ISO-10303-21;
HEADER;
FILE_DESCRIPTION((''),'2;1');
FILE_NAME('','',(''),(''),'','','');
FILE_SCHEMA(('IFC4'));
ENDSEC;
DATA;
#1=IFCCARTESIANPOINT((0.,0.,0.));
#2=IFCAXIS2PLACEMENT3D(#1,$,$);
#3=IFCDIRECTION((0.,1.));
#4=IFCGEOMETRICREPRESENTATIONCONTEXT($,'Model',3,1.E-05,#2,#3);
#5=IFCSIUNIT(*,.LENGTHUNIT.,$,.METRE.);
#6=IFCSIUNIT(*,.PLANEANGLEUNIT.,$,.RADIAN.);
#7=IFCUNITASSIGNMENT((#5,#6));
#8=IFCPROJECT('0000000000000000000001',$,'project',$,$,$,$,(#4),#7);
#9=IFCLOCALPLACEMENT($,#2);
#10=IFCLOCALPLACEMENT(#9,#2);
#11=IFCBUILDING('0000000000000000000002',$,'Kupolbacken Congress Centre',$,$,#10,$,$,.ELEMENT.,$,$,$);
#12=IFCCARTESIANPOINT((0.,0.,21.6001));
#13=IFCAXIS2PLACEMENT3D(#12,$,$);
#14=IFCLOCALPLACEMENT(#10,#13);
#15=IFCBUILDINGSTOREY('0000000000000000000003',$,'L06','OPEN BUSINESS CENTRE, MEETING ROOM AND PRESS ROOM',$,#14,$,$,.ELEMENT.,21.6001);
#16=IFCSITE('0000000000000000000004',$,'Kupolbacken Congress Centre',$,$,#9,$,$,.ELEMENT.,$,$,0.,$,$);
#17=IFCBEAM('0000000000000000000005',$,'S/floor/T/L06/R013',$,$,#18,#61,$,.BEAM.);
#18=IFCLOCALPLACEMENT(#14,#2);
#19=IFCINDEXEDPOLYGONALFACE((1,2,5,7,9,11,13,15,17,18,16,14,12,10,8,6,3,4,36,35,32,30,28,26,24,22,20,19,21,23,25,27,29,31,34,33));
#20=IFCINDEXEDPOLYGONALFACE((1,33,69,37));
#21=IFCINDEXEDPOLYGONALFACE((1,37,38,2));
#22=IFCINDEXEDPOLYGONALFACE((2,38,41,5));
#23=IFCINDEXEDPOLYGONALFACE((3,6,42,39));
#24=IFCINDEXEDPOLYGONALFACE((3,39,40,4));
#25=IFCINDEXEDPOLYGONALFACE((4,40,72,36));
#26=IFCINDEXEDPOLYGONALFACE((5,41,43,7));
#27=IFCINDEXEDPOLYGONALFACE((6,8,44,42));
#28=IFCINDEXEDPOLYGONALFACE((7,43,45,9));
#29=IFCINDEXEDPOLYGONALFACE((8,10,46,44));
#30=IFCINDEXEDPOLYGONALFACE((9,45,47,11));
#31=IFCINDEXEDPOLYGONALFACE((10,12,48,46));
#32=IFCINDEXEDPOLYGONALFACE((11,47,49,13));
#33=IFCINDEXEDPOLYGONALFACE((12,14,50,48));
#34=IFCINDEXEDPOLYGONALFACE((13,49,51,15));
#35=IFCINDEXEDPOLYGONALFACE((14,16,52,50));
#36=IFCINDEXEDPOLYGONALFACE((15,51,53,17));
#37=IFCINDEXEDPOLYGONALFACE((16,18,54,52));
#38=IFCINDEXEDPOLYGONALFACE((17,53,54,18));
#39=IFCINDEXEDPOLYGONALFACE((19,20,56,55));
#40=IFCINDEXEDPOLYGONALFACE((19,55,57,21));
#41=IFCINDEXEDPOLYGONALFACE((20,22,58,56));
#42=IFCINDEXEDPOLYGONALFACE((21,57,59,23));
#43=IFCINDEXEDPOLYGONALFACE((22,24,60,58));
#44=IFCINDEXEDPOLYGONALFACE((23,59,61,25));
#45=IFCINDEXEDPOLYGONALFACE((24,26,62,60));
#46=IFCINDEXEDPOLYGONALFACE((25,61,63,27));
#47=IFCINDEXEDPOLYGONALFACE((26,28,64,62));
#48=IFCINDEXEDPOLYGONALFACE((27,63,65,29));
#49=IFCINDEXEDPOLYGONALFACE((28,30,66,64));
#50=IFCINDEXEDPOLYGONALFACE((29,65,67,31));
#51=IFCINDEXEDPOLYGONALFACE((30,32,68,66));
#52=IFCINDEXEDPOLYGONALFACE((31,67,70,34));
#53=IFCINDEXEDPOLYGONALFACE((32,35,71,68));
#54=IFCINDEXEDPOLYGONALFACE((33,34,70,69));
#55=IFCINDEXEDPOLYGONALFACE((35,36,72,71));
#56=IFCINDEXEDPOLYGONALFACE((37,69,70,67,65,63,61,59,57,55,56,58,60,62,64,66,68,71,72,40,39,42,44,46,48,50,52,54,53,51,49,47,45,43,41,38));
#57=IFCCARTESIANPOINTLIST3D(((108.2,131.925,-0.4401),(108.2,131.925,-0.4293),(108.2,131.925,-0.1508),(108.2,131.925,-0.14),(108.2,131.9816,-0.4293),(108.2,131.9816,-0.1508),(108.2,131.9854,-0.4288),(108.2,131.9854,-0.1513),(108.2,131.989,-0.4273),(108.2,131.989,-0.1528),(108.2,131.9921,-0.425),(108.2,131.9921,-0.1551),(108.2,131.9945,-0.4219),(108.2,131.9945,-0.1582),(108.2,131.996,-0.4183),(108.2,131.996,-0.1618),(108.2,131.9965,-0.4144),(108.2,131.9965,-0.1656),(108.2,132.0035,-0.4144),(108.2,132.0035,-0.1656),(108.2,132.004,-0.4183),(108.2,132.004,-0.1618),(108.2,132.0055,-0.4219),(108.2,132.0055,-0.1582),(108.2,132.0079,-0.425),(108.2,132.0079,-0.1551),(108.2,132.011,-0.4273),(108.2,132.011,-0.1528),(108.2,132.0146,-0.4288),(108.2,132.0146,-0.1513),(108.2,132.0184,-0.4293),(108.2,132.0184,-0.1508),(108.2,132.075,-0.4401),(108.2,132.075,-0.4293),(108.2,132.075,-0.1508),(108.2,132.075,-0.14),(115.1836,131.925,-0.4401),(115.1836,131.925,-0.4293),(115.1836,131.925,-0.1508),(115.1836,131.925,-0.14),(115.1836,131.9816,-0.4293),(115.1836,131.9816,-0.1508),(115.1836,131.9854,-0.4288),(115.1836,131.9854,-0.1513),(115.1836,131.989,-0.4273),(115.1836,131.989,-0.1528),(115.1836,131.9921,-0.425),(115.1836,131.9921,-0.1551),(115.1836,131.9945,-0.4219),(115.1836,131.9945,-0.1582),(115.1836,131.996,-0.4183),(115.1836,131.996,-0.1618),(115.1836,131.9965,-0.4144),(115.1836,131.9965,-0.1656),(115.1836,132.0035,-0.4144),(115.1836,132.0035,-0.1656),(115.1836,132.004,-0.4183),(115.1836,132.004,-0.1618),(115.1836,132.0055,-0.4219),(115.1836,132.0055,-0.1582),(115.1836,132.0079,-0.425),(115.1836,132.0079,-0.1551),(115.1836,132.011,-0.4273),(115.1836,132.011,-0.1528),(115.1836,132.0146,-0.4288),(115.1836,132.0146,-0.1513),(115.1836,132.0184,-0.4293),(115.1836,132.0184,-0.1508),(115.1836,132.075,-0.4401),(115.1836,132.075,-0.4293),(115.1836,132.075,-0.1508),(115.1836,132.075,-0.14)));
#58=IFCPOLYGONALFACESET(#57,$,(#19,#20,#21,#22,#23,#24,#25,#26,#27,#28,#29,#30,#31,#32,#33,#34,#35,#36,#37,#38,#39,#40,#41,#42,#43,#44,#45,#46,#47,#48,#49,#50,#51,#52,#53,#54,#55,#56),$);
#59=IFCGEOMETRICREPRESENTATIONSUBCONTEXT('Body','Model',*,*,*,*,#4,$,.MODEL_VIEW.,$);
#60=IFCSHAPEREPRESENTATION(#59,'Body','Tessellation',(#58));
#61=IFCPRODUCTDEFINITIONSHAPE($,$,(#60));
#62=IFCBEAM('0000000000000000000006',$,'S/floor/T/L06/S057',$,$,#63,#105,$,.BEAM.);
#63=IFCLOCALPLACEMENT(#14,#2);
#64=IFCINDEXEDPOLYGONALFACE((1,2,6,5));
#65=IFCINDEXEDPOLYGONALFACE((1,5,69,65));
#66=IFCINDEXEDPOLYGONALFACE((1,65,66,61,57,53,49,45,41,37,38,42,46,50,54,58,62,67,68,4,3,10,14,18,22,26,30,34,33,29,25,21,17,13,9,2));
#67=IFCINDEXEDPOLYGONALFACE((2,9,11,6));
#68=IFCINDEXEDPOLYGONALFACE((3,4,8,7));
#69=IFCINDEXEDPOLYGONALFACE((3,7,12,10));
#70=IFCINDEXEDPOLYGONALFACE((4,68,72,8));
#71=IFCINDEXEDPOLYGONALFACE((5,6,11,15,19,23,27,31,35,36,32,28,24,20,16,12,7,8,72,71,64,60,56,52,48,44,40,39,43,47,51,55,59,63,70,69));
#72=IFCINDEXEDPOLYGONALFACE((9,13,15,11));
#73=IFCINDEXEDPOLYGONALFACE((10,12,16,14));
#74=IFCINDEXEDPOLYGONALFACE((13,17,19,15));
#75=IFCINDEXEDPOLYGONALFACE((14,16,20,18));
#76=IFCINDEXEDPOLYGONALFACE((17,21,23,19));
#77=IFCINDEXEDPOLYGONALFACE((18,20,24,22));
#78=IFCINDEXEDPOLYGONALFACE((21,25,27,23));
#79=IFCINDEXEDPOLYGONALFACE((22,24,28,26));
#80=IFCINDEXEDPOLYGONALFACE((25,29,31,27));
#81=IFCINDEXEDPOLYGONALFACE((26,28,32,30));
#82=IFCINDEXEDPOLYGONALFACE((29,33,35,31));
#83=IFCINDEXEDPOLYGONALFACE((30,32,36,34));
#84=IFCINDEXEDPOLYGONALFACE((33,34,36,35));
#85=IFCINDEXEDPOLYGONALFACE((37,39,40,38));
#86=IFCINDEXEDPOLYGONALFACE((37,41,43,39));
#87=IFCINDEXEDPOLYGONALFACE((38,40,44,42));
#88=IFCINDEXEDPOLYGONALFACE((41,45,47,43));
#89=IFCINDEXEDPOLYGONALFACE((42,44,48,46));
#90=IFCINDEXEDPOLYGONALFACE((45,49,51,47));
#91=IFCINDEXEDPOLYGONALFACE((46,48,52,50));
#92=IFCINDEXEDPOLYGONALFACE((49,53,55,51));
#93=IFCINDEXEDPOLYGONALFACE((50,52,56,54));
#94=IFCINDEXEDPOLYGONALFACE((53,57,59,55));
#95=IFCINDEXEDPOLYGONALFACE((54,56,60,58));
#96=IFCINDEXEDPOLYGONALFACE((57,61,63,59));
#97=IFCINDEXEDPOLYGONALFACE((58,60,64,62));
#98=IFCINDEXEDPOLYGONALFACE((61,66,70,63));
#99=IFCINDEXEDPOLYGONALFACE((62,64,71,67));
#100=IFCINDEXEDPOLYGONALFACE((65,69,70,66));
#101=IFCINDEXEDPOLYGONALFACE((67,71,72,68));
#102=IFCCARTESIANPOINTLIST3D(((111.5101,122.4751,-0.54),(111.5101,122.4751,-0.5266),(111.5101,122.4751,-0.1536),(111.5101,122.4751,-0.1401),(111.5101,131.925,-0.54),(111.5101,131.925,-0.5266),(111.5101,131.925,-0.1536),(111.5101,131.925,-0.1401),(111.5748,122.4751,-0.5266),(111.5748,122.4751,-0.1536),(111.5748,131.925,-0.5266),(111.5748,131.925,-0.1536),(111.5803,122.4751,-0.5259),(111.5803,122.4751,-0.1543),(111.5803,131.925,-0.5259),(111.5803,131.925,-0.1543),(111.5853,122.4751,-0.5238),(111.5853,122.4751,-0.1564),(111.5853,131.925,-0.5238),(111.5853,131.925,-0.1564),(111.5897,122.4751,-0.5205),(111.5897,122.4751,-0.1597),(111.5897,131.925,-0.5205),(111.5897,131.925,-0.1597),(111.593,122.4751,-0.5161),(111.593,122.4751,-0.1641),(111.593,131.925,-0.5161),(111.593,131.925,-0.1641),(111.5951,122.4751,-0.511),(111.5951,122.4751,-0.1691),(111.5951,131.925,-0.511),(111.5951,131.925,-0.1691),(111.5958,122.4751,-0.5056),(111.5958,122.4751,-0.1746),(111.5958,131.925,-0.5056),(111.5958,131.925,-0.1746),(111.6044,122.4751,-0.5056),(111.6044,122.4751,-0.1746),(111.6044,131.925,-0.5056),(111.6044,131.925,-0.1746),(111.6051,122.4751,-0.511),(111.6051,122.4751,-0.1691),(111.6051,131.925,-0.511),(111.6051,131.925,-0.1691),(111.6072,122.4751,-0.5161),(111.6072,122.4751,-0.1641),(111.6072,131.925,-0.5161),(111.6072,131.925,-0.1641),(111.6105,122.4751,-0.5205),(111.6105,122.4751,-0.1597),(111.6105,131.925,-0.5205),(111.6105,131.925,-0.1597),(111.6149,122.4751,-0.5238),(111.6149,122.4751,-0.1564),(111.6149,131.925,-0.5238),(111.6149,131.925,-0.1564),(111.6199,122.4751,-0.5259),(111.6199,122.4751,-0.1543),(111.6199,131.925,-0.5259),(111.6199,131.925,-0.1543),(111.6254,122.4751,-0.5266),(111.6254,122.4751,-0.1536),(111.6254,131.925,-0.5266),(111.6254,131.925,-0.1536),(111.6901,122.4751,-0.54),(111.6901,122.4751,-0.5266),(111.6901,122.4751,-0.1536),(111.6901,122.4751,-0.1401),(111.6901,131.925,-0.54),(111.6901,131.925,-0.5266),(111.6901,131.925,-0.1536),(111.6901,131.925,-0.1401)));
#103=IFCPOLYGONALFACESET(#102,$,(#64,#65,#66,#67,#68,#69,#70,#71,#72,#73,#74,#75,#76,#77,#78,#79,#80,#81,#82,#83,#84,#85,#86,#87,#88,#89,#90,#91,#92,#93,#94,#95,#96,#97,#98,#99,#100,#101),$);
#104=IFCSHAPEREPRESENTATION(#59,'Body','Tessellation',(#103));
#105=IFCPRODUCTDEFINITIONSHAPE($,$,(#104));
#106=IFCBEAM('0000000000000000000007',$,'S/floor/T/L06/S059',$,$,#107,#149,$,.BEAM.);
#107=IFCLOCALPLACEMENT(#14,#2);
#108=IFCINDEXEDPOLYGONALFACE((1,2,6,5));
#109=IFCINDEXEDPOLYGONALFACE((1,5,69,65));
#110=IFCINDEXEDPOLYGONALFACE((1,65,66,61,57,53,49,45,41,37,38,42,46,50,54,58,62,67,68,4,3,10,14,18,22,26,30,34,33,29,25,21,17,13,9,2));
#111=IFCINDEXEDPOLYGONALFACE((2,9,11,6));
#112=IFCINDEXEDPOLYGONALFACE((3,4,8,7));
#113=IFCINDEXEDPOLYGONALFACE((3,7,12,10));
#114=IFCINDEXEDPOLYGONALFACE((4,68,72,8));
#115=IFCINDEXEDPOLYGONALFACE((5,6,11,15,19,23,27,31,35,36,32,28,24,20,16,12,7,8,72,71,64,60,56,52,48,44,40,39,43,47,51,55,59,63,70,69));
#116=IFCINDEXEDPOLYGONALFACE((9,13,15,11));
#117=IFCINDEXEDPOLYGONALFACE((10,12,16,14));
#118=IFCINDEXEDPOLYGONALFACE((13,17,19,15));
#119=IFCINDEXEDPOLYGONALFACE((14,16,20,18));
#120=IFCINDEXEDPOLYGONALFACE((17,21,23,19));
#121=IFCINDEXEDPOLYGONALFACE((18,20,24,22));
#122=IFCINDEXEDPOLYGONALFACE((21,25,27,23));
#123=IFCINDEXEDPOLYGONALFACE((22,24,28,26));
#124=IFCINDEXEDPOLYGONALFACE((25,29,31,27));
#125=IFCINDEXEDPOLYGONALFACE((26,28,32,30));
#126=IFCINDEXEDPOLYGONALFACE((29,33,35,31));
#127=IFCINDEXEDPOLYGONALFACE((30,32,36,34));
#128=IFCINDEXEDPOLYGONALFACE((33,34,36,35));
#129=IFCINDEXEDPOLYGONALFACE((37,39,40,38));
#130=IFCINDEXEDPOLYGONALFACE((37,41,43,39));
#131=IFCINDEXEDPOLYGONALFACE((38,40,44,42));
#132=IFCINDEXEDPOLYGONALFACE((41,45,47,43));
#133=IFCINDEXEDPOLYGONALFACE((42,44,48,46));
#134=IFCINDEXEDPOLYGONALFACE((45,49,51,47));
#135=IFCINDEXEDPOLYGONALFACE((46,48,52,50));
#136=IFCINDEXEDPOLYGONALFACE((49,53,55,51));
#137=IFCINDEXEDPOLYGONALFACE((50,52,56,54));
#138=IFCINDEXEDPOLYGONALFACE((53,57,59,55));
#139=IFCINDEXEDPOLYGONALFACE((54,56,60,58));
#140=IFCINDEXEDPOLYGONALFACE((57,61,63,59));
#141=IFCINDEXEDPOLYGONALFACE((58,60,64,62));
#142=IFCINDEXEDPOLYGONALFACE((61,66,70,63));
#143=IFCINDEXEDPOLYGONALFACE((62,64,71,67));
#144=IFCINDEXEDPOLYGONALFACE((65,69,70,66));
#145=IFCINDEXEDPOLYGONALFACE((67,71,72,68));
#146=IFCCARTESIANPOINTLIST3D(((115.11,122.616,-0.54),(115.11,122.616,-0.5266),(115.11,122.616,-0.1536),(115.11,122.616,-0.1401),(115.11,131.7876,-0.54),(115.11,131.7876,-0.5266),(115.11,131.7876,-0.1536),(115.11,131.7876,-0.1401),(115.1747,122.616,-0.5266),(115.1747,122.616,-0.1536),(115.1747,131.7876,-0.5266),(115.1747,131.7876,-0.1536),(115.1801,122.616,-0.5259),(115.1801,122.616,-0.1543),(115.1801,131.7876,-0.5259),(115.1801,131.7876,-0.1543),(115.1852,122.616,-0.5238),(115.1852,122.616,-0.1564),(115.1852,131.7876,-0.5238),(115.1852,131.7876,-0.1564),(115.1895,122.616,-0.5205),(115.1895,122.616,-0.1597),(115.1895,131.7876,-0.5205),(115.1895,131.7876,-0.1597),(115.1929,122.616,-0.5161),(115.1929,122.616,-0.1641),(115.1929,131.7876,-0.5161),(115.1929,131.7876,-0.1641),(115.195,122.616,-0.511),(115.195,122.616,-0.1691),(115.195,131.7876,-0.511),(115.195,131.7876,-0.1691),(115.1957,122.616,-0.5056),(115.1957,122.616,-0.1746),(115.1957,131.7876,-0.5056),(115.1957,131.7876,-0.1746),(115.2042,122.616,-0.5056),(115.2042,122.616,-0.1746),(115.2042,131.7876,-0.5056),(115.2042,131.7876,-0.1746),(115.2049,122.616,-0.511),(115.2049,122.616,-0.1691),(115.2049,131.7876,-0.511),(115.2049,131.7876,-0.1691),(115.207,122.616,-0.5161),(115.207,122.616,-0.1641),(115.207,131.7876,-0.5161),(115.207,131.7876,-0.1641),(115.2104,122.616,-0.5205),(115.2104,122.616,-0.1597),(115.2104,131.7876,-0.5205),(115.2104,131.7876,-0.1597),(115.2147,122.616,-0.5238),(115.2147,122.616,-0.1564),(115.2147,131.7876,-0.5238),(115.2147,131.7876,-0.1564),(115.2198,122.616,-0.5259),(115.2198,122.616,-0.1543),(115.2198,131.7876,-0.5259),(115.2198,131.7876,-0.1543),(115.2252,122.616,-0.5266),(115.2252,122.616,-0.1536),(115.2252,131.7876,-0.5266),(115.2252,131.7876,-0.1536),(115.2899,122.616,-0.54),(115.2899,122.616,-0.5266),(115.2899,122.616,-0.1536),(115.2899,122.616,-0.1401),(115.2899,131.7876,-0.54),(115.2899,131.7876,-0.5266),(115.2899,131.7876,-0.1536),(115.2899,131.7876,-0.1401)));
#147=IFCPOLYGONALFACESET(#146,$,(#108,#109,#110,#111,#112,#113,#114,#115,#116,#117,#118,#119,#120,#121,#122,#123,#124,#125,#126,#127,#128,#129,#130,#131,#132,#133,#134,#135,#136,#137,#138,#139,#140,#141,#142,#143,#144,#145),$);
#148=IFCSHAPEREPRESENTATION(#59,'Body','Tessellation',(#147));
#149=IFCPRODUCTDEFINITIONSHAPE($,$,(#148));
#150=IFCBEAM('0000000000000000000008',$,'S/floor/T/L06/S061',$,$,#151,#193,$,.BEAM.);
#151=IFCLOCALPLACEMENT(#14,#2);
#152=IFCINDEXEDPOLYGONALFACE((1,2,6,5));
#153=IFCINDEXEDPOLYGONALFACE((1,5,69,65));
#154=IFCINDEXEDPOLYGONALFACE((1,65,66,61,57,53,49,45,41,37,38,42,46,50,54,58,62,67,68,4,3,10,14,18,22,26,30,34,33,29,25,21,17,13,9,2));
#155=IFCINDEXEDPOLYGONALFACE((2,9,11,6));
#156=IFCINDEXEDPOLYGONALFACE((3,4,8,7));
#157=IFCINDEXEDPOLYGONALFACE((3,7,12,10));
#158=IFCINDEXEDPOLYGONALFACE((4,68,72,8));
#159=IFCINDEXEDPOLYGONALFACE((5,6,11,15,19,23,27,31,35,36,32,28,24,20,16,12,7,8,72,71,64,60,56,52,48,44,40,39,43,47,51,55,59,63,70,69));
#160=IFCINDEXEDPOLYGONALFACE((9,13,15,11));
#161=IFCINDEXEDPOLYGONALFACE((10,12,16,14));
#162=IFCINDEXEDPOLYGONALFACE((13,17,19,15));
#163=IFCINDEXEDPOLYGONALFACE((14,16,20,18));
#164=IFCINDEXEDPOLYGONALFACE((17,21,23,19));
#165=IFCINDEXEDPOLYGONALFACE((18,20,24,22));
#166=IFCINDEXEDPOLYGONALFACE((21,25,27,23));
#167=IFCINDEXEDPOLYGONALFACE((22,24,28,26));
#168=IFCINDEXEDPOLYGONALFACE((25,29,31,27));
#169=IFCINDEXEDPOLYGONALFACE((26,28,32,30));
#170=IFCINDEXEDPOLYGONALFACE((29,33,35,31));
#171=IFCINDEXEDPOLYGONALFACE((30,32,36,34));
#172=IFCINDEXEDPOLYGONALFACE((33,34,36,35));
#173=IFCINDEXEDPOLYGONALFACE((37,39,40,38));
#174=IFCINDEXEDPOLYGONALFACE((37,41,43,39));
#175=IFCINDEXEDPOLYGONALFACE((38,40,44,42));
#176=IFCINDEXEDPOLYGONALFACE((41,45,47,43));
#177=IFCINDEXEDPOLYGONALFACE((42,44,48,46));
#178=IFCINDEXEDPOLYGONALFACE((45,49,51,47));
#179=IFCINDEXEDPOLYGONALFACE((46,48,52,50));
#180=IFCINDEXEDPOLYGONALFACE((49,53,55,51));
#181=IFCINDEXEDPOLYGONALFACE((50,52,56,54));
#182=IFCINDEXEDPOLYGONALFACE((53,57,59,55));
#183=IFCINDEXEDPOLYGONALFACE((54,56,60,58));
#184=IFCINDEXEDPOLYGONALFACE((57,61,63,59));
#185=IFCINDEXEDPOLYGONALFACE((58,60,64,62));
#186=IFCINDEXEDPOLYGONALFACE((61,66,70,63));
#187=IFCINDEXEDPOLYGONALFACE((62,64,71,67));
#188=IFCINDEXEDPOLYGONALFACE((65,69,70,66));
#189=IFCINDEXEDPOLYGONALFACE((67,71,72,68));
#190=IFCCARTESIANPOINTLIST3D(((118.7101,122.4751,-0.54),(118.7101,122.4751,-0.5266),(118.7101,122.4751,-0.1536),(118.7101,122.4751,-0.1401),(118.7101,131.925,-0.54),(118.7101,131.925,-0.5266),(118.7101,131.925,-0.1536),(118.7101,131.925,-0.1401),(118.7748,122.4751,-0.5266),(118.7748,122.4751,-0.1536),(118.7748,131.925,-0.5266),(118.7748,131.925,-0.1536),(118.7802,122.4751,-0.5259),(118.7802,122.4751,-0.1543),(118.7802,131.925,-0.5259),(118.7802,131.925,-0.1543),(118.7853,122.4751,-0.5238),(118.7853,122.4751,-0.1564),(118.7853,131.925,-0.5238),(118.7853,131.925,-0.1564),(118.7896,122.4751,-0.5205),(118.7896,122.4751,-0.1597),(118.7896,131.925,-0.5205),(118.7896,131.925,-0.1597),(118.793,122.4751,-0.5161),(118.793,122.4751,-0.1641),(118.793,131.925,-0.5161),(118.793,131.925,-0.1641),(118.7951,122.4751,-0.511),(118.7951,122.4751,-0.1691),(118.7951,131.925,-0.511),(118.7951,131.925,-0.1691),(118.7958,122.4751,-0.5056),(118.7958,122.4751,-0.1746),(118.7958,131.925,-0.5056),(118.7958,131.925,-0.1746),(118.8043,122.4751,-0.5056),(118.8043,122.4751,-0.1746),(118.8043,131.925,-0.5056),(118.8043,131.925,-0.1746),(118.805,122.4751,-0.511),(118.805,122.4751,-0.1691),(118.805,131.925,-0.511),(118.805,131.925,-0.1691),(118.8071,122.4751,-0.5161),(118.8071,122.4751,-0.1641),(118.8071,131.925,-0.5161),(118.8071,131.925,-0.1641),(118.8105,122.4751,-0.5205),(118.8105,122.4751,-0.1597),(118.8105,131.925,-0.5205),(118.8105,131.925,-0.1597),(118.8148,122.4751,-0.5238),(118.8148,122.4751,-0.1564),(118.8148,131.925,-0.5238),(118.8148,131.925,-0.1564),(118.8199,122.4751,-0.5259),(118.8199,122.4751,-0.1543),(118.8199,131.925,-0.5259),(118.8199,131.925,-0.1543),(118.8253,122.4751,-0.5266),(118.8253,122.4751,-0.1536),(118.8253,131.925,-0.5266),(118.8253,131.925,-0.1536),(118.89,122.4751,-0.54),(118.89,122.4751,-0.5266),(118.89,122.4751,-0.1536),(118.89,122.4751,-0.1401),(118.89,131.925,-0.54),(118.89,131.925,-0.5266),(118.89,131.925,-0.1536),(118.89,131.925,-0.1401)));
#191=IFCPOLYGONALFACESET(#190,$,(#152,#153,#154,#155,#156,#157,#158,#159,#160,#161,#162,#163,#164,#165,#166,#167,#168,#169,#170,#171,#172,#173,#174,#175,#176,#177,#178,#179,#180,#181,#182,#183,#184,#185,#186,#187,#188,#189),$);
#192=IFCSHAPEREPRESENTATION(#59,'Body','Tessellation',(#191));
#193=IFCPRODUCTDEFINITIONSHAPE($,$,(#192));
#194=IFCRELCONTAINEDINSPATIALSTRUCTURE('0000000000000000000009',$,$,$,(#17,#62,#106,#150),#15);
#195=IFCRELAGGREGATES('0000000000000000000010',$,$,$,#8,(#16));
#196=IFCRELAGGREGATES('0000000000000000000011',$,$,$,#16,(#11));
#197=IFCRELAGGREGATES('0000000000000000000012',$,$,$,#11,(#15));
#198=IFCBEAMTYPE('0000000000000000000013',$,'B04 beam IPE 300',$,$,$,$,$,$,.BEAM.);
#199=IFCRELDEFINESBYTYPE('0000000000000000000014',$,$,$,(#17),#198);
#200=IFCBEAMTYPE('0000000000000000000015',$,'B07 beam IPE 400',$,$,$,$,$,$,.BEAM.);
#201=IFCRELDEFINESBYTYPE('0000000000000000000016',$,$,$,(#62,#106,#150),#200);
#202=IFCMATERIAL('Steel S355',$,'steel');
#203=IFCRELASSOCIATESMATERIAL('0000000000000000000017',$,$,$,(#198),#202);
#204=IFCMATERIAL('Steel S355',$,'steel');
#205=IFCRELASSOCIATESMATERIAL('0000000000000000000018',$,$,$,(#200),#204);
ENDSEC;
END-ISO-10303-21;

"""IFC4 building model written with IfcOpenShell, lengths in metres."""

from ifc_helpers import new_model, si_unit, direction, frame, origin, origin_2d, place, context, subcontext, project, spatial, i_section, extrude, material, material_profile, profile_set, type_object, element, save


model = new_model("IFC4")

# Units and contexts
model_context = context("Model", 3, precision=1e-05, world=origin(), true_north=direction((0.0, 1.0)))
body_context = subcontext(model_context, "Body", "Model", "MODEL_VIEW")
ifc_project = project(units=[si_unit("LENGTHUNIT", "METRE"), si_unit("PLANEANGLEUNIT", "RADIAN")], contexts=[model_context])

# Site, building, storey
site_placement = place(None, origin())
site = spatial("IfcSite", under=ifc_project, at=site_placement, Name="Kupolbacken Congress Centre", CompositionType="ELEMENT", RefElevation=0.0)
building_placement = place(site_placement, origin())
building = spatial("IfcBuilding", under=site, at=building_placement, Name="Kupolbacken Congress Centre", CompositionType="ELEMENT")
storey_placement = place(building_placement, frame((0.0, 0.0, 21.6001)))
storey = spatial("IfcBuildingStorey", under=building, at=storey_placement, Name="L06", Description="OPEN BUSINESS CENTRE, MEETING ROOM AND PRESS ROOM", CompositionType="ELEMENT", Elevation=21.6001)

# Beams
ifc_material_1 = material(Name="Steel S355", Category="steel")
ifc_material_profile_1 = material_profile(ifc_material_1, i_section(OverallWidth=0.1499, OverallDepth=0.3, WebThickness=0.0071, FlangeThickness=0.0107, FilletRadius=0.0149, at=origin_2d()), Name="IPE 300")
ifc_profile_set_1 = profile_set([ifc_material_profile_1], Name="Steel S355")
beam_type_1 = type_object("IfcBeamType", Name="B04 beam IPE 300", PredefinedType="BEAM", material=ifc_profile_set_1)
beam_1_placement = place(storey_placement, frame((108.2, 132.0, -0.29), z_axis=(1.0, 0.0, 0.0), x_axis=(0.0, 1.0, 0.0)))
element("IfcBeam", 1, at=beam_1_placement, inside=storey, type_object=beam_type_1, Name="S/floor/T/L06/R013", PredefinedType="BEAM", context=body_context, shape_type="SweptSolid", body=[
    extrude(i_section(OverallWidth=0.1499, OverallDepth=0.3, WebThickness=0.0071, FlangeThickness=0.0107, FilletRadius=0.0149, at=origin_2d()), origin(), (0.0, 0.0, 1.0), 6.9836),
])
ifc_material_2 = material(Name="Steel S355", Category="steel")
ifc_material_profile_2 = material_profile(ifc_material_2, i_section(OverallWidth=0.1799, OverallDepth=0.3999, WebThickness=0.0085, FlangeThickness=0.0134, FilletRadius=0.021, at=origin_2d()), Name="IPE 400")
ifc_profile_set_2 = profile_set([ifc_material_profile_2], Name="Steel S355")
beam_type_2 = type_object("IfcBeamType", Name="B07 beam IPE 400", PredefinedType="BEAM", material=ifc_profile_set_2)
beam_2_placement = place(storey_placement, frame((111.6001, 122.4751, -0.3401), z_axis=(0.0, 1.0, 0.0), x_axis=(-1.0, 0.0, 0.0)))
element("IfcBeam", 2, at=beam_2_placement, inside=storey, type_object=beam_type_2, Name="S/floor/T/L06/S057", PredefinedType="BEAM", context=body_context, shape_type="SweptSolid", body=[
    extrude(i_section(OverallWidth=0.1799, OverallDepth=0.3999, WebThickness=0.0085, FlangeThickness=0.0134, FilletRadius=0.021, at=origin_2d()), origin(), (0.0, 0.0, 1.0), 9.45),
])
beam_3_placement = place(storey_placement, frame((115.2, 122.616, -0.3401), z_axis=(0.0, 1.0, 0.0), x_axis=(-1.0, 0.0, 0.0)))
element("IfcBeam", 3, at=beam_3_placement, inside=storey, type_object=beam_type_2, Name="S/floor/T/L06/S059", PredefinedType="BEAM", context=body_context, shape_type="SweptSolid", body=[
    extrude(i_section(OverallWidth=0.1799, OverallDepth=0.3999, WebThickness=0.0085, FlangeThickness=0.0134, FilletRadius=0.021, at=origin_2d()), origin(), (0.0, 0.0, 1.0), 9.1716),
])
beam_4_placement = place(storey_placement, frame((118.8, 122.4751, -0.3401), z_axis=(0.0, 1.0, 0.0), x_axis=(-1.0, 0.0, 0.0)))
element("IfcBeam", 4, at=beam_4_placement, inside=storey, type_object=beam_type_2, Name="S/floor/T/L06/S061", PredefinedType="BEAM", context=body_context, shape_type="SweptSolid", body=[
    extrude(i_section(OverallWidth=0.1799, OverallDepth=0.3999, WebThickness=0.0085, FlangeThickness=0.0134, FilletRadius=0.021, at=origin_2d()), origin(), (0.0, 0.0, 1.0), 9.45),
])

save(model, "model.ifc")
